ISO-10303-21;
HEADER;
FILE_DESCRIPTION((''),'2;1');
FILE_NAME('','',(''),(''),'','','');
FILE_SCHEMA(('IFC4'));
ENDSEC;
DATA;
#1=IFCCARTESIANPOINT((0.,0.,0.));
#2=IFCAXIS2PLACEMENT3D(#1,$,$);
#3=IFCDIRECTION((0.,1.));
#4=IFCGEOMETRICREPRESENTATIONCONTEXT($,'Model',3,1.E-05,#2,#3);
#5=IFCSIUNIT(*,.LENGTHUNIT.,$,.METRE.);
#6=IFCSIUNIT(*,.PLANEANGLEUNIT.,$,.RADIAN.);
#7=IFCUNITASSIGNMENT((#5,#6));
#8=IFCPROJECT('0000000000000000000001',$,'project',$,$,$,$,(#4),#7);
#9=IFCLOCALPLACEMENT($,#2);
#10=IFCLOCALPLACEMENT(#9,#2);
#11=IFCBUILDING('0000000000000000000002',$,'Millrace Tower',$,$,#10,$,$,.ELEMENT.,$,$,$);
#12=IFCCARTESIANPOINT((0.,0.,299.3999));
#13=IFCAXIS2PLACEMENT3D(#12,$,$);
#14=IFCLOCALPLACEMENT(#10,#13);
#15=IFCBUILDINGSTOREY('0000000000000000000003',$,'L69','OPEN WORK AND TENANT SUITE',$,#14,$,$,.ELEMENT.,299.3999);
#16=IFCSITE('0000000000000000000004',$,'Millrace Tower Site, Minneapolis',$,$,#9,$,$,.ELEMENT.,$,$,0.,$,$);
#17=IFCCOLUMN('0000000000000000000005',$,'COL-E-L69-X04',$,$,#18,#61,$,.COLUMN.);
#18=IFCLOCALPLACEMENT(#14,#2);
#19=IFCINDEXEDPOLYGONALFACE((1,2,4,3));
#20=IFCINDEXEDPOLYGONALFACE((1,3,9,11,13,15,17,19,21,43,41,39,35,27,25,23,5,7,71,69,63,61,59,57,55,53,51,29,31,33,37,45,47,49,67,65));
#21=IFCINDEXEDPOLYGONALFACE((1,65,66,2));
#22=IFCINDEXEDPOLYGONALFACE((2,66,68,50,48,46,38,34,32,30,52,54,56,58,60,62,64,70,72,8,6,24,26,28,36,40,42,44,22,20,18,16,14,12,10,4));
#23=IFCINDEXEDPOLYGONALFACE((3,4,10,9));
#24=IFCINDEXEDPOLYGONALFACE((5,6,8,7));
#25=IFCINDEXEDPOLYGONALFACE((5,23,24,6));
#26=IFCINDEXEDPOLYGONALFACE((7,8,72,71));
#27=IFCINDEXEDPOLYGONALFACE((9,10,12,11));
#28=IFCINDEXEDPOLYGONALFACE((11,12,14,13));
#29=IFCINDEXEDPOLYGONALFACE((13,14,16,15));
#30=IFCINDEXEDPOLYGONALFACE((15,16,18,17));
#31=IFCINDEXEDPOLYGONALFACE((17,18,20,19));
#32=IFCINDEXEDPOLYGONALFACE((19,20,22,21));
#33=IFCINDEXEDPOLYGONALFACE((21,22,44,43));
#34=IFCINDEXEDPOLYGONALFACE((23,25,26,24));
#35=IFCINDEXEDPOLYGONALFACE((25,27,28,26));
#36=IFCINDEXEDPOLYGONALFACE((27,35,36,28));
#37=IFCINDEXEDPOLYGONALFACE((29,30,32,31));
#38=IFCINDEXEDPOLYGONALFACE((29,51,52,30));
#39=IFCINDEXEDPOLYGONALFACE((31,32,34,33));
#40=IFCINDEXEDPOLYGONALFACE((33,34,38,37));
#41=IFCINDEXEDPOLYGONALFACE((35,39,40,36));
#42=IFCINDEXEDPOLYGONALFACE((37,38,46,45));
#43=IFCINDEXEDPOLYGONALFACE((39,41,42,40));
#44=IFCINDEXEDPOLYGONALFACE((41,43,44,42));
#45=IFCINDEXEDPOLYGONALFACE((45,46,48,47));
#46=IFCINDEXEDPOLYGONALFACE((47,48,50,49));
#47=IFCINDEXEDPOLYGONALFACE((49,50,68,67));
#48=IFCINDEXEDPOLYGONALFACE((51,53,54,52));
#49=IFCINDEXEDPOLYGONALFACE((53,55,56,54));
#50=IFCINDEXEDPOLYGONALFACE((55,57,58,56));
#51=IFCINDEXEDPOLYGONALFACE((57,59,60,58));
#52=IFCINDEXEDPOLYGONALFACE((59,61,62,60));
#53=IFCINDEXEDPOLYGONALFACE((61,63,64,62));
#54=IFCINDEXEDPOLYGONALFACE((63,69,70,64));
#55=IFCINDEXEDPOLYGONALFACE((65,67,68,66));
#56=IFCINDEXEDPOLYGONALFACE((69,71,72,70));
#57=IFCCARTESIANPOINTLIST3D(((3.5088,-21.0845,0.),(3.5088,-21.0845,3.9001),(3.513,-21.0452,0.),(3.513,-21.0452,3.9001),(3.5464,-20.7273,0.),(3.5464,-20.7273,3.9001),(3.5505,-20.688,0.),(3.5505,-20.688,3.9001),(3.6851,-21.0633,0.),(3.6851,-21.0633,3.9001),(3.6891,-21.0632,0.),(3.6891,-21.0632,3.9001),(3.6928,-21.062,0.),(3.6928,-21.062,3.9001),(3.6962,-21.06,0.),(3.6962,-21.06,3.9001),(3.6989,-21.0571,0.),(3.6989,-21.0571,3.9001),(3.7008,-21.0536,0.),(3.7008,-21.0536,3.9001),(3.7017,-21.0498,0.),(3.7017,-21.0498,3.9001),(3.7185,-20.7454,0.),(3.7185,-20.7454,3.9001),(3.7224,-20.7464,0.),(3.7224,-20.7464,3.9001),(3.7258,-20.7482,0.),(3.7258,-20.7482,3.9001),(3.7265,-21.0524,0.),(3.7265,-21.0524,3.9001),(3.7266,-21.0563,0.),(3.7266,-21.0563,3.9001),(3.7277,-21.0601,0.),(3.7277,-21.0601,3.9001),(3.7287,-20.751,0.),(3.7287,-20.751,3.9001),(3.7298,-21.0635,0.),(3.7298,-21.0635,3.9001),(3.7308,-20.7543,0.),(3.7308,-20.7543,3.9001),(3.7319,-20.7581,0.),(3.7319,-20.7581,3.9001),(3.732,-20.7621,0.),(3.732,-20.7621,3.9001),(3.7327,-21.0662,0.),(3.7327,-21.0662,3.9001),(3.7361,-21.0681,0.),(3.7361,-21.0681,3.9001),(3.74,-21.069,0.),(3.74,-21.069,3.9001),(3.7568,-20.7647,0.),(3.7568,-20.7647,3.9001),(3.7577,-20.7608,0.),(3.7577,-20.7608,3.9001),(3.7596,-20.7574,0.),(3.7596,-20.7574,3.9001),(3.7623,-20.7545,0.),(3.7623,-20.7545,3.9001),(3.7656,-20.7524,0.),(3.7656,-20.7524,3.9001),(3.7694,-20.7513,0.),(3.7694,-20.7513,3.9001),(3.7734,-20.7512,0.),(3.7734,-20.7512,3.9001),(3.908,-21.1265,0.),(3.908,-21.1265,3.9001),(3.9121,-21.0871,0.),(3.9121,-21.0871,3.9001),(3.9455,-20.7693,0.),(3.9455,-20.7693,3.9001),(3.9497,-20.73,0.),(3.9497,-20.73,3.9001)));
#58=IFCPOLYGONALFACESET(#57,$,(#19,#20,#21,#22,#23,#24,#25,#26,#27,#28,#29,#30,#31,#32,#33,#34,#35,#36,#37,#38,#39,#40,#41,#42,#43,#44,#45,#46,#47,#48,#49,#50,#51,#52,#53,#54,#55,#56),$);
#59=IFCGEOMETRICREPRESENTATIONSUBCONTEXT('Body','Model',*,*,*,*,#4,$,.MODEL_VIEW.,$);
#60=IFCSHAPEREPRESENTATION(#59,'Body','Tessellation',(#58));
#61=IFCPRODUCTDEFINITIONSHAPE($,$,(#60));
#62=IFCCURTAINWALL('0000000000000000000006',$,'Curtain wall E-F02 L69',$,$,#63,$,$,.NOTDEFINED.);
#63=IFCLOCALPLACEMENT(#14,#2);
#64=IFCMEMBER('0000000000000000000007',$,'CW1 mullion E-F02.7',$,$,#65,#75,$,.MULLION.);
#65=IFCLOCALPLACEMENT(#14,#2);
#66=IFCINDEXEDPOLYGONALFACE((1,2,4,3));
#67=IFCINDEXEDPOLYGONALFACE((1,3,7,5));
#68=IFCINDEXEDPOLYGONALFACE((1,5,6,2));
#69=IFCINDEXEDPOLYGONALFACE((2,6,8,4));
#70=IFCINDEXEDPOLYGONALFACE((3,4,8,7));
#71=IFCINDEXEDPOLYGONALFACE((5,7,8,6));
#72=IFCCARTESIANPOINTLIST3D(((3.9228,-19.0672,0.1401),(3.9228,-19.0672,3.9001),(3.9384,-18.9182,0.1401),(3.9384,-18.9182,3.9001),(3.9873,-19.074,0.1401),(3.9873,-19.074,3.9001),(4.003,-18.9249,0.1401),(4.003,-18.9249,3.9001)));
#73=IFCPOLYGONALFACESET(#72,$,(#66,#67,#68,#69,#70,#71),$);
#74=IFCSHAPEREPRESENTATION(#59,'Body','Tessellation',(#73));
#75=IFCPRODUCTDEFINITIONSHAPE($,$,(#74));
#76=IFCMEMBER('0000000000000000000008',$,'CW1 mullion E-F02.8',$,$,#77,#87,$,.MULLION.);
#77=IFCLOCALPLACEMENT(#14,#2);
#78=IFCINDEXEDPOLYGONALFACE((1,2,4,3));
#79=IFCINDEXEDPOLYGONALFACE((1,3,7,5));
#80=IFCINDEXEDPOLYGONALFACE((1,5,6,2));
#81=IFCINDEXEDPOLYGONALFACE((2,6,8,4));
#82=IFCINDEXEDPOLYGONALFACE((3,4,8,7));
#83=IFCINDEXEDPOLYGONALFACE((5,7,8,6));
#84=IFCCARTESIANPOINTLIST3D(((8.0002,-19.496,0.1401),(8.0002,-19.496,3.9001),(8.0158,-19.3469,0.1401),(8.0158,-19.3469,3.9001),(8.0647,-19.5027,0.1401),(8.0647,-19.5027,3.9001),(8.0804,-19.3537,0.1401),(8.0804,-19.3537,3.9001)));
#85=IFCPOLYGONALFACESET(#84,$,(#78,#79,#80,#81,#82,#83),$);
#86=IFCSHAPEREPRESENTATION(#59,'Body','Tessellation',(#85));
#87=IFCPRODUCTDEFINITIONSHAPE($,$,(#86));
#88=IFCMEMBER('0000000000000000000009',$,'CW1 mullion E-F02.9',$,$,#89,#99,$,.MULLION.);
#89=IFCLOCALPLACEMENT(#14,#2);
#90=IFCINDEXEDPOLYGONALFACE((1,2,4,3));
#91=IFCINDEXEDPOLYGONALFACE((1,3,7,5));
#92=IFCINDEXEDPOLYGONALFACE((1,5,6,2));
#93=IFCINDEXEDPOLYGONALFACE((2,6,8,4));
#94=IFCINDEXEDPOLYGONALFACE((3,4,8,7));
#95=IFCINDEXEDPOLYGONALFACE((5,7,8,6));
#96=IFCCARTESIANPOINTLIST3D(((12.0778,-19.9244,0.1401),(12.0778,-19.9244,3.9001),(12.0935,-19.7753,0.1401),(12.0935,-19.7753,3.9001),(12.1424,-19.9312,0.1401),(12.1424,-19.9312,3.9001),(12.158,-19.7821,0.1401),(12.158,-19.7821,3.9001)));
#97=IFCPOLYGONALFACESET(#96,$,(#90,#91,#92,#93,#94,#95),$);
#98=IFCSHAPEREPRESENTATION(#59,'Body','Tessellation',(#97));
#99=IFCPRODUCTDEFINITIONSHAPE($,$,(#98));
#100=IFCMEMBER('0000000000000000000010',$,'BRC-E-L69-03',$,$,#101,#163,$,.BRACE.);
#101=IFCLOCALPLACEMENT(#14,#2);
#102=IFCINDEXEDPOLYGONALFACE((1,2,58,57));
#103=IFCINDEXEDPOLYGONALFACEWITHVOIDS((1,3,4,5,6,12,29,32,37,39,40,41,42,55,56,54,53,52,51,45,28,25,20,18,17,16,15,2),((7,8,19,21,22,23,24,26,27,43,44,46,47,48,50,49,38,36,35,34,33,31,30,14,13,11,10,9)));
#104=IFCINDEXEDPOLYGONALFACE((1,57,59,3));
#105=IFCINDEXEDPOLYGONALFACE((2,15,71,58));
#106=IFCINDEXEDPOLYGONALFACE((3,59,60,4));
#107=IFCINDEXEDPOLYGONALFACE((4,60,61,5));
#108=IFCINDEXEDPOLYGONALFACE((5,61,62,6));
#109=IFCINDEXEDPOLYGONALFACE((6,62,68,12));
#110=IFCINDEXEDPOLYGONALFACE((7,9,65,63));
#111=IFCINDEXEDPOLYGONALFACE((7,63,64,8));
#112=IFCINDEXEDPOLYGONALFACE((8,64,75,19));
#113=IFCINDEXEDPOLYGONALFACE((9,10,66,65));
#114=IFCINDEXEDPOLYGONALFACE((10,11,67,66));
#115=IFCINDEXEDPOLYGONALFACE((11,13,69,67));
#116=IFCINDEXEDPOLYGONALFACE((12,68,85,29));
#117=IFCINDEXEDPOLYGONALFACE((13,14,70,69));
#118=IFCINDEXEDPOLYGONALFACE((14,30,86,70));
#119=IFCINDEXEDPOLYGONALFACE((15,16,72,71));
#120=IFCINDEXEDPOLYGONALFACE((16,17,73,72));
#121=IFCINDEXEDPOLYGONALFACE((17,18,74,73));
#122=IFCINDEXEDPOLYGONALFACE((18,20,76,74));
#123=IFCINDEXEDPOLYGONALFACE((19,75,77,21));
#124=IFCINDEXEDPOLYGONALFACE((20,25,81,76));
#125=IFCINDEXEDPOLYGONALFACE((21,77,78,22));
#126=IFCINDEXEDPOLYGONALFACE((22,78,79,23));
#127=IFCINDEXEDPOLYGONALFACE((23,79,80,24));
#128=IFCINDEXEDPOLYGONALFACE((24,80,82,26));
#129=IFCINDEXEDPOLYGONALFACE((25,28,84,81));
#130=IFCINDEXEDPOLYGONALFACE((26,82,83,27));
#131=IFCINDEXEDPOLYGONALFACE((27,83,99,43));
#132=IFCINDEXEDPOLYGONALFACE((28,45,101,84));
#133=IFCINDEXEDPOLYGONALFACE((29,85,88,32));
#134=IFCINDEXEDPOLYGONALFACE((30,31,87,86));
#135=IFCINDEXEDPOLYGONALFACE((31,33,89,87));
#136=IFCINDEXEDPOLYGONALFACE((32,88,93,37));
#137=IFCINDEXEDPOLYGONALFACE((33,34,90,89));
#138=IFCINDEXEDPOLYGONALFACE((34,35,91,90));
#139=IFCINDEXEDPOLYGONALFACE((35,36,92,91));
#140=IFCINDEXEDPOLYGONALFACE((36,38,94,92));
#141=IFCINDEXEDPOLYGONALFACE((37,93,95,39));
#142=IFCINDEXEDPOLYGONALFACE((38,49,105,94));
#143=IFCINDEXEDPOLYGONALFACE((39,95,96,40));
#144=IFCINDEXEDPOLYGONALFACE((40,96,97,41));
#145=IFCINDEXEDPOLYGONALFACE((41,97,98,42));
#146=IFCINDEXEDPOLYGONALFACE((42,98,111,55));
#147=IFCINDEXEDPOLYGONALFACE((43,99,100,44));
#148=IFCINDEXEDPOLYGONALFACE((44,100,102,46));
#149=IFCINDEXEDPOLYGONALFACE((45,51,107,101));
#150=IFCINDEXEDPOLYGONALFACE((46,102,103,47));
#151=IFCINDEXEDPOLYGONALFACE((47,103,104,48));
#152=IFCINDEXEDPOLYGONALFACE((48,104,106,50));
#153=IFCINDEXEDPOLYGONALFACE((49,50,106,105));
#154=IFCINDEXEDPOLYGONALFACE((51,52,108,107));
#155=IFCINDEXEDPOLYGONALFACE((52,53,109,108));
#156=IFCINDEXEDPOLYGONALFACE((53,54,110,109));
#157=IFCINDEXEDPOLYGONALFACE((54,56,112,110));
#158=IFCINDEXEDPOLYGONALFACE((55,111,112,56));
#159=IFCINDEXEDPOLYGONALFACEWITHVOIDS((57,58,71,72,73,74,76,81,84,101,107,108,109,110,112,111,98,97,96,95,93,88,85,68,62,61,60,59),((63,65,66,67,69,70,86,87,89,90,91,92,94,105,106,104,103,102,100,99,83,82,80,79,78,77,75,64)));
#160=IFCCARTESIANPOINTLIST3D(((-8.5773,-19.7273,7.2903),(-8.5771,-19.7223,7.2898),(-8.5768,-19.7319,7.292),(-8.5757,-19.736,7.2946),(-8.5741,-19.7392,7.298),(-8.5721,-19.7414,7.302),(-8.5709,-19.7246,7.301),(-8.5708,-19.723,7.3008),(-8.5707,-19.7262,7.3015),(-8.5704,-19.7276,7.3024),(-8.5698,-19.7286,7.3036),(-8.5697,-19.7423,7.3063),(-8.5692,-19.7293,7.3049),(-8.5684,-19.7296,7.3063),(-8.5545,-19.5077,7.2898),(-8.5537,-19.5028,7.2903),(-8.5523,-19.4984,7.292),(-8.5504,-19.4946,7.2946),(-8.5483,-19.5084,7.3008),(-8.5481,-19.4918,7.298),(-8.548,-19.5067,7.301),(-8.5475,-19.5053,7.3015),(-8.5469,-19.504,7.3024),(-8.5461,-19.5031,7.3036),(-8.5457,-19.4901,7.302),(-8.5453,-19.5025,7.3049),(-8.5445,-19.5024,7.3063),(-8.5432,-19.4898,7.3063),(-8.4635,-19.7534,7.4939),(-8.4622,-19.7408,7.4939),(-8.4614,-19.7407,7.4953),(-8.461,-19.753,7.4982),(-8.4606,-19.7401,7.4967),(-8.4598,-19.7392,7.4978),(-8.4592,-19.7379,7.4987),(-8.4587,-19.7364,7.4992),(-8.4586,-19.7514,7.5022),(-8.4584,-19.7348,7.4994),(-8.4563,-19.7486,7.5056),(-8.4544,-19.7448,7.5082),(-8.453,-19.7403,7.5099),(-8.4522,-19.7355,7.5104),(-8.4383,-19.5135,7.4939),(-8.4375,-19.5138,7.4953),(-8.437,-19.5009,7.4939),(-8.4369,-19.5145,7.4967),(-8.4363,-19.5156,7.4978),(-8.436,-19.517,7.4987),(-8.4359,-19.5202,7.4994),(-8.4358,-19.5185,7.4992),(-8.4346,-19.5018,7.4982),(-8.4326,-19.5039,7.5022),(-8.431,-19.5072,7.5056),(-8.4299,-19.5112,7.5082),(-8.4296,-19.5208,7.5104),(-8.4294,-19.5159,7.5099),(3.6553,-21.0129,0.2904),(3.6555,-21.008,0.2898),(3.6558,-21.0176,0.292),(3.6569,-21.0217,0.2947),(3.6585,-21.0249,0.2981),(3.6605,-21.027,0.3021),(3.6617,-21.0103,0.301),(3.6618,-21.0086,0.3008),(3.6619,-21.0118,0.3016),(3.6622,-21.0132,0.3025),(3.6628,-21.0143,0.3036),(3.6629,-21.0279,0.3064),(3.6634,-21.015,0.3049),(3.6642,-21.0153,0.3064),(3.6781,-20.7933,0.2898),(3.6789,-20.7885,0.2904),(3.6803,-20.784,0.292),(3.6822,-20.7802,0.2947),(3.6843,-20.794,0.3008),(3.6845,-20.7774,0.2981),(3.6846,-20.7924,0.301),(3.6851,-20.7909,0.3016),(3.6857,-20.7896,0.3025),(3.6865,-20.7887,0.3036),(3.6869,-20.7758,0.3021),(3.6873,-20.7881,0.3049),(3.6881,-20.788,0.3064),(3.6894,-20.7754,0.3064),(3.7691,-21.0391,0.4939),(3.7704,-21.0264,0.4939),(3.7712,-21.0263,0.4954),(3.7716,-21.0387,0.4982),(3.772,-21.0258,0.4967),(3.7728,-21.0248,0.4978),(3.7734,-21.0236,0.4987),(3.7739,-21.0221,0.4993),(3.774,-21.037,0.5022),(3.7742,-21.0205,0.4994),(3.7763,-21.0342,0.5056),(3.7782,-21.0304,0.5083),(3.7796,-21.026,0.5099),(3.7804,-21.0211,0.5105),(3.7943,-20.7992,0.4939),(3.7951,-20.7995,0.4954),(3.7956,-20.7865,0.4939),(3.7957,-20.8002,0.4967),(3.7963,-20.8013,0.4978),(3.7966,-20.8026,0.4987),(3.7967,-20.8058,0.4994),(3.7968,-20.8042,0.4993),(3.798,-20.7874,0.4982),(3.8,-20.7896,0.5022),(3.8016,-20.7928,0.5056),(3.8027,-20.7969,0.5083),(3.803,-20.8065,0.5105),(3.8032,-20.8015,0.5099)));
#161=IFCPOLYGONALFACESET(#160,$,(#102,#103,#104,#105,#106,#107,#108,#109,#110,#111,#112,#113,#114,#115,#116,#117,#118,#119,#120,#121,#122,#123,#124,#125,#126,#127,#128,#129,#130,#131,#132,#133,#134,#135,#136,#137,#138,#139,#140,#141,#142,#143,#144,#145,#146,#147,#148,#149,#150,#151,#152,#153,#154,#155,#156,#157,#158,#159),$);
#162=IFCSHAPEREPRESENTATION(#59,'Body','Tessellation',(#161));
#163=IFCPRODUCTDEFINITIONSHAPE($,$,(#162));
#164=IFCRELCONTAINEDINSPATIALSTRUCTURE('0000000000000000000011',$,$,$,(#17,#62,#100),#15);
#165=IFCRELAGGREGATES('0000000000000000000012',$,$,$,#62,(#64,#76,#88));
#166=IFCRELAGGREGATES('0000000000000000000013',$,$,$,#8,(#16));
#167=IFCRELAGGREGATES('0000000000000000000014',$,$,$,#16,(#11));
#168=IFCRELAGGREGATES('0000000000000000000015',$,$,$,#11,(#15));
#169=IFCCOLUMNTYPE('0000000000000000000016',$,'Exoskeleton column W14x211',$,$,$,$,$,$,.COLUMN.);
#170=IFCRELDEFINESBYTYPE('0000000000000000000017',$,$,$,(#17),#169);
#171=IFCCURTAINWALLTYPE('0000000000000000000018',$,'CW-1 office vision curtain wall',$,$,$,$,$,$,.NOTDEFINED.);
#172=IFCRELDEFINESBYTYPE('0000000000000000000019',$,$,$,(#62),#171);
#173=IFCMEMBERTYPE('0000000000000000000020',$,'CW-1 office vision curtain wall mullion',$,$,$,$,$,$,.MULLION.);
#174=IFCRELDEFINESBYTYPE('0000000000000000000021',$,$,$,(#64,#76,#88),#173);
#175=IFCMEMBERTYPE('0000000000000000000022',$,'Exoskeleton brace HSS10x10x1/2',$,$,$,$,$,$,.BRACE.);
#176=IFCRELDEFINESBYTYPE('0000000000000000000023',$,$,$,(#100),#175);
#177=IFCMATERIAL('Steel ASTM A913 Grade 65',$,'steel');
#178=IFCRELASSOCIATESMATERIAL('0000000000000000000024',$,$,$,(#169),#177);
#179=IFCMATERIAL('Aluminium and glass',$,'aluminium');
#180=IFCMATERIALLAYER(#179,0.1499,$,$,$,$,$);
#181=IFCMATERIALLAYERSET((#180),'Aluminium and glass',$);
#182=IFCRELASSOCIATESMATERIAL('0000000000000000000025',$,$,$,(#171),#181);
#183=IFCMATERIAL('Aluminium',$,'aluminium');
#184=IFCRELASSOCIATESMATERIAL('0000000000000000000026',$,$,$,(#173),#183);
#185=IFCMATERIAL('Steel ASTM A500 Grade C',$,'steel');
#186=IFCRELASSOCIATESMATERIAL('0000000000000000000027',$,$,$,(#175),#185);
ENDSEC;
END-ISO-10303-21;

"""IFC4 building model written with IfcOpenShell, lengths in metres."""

from ifc_helpers import new_model, si_unit, direction, frame, origin, origin_2d, place, context, subcontext, project, spatial, rectangle, hollow_rectangle, i_section, extrude, material, layer, layer_set, material_profile, profile_set, type_object, element, aggregate, save


model = new_model("IFC4")

# Units and contexts
model_context = context("Model", 3, precision=1e-05, world=origin(), true_north=direction((0.0, 1.0)))
body_context = subcontext(model_context, "Body", "Model", "MODEL_VIEW")
ifc_project = project(units=[si_unit("LENGTHUNIT", "METRE"), si_unit("PLANEANGLEUNIT", "RADIAN")], contexts=[model_context])

# Site, building, storey
site_placement = place(None, origin())
site = spatial("IfcSite", under=ifc_project, at=site_placement, Name="Millrace Tower Site, Minneapolis", CompositionType="ELEMENT", RefElevation=0.0)
building_placement = place(site_placement, origin())
building = spatial("IfcBuilding", under=site, at=building_placement, Name="Millrace Tower", CompositionType="ELEMENT")
storey_placement = place(building_placement, frame((0.0, 0.0, 299.3999)))
storey = spatial("IfcBuildingStorey", under=building, at=storey_placement, Name="L69", Description="OPEN WORK AND TENANT SUITE", CompositionType="ELEMENT", Elevation=299.3999)

# Column
ifc_material_1 = material(Name="Steel ASTM A913 Grade 65", Category="steel")
ifc_material_profile_1 = material_profile(ifc_material_1, i_section(OverallWidth=0.4014, OverallDepth=0.3987, WebThickness=0.0249, FlangeThickness=0.0396, FilletRadius=0.0151, at=origin_2d()))
ifc_profile_set_1 = profile_set([ifc_material_profile_1], Name="Steel ASTM A913 Grade 65")
column_type = type_object("IfcColumnType", Name="Exoskeleton column W14x211", PredefinedType="COLUMN", material=ifc_profile_set_1)
column_placement = place(storey_placement, frame((3.7292, -20.9072, 0.0), z_axis=(0.0, 0.0, 1.0), x_axis=(0.994522, -0.104528, 0.0)))
element("IfcColumn", 1, at=column_placement, inside=storey, type_object=column_type, Name="COL-E-L69-X04", PredefinedType="COLUMN", context=body_context, shape_type="SweptSolid", body=[
    extrude(i_section(OverallWidth=0.4014, OverallDepth=0.3987, WebThickness=0.0249, FlangeThickness=0.0396, FilletRadius=0.0151, at=origin_2d()), origin(), (0.0, 0.0, 1.0), 3.9001),
])

# Curtain wall, members
ifc_material_2 = material(Name="Aluminium and glass", Category="aluminium")
ifc_layer_1 = layer(ifc_material_2, 0.1499)
ifc_layer_set_1 = layer_set([ifc_layer_1], Name="Aluminium and glass")
curtain_wall_type = type_object("IfcCurtainWallType", Name="CW-1 office vision curtain wall", PredefinedType="NOTDEFINED", material=ifc_layer_set_1)
placement = place(storey_placement, origin())
curtain_wall = element("IfcCurtainWall", 2, at=placement, inside=storey, type_object=curtain_wall_type, Name="Curtain wall E-F02 L69", PredefinedType="NOTDEFINED")
ifc_material_3 = material(Name="Aluminium", Category="aluminium")
ifc_material_profile_2 = material_profile(ifc_material_3, rectangle(XDim=0.0649, YDim=0.1499, at=origin_2d()))
ifc_profile_set_2 = profile_set([ifc_material_profile_2], Name="Aluminium")
member_type_1 = type_object("IfcMemberType", Name="CW-1 office vision curtain wall mullion", PredefinedType="MULLION", material=ifc_profile_set_2)
member_1_placement = place(storey_placement, frame((3.9629, -18.9961, 0.1401), z_axis=(0.0, 0.0, 1.0), x_axis=(0.994522, -0.104528, 0.0)))
member_1 = element("IfcMember", 3, at=member_1_placement, type_object=member_type_1, Name="CW1 mullion E-F02.7", PredefinedType="MULLION", context=body_context, shape_type="SweptSolid", body=[
    extrude(rectangle(XDim=0.0649, YDim=0.1499, at=origin_2d()), origin(), (0.0, 0.0, 1.0), 3.76),
])
member_2_placement = place(storey_placement, frame((8.0403, -19.4248, 0.1401), z_axis=(0.0, 0.0, 1.0), x_axis=(0.994522, -0.104528, 0.0)))
member_2 = element("IfcMember", 4, at=member_2_placement, type_object=member_type_1, Name="CW1 mullion E-F02.8", PredefinedType="MULLION", context=body_context, shape_type="SweptSolid", body=[
    extrude(rectangle(XDim=0.0649, YDim=0.1499, at=origin_2d()), origin(), (0.0, 0.0, 1.0), 3.76),
])
member_3_placement = place(storey_placement, frame((12.1179, -19.8533, 0.1401), z_axis=(0.0, 0.0, 1.0), x_axis=(0.994522, -0.104528, 0.0)))
member_3 = element("IfcMember", 5, at=member_3_placement, type_object=member_type_1, Name="CW1 mullion E-F02.9", PredefinedType="MULLION", context=body_context, shape_type="SweptSolid", body=[
    extrude(rectangle(XDim=0.0649, YDim=0.1499, at=origin_2d()), origin(), (0.0, 0.0, 1.0), 3.76),
])
aggregate(curtain_wall, [member_1, member_2, member_3])

# Member
ifc_material_4 = material(Name="Steel ASTM A500 Grade C", Category="steel")
ifc_material_profile_3 = material_profile(ifc_material_4, hollow_rectangle(XDim=0.2539, YDim=0.2539, WallThickness=0.0127, InnerFilletRadius=0.0063, OuterFilletRadius=0.019, at=origin_2d()))
ifc_profile_set_3 = profile_set([ifc_material_profile_3], Name="Steel ASTM A500 Grade C")
member_type_2 = type_object("IfcMemberType", Name="Exoskeleton brace HSS10x10x1/2", PredefinedType="BRACE", material=ifc_profile_set_3)
member_4_placement = place(storey_placement, frame((3.7292, -20.9072, 0.4001), z_axis=(-0.864352, 0.090843, 0.494615), x_axis=(-0.104524, -0.994522, 0.0)))
element("IfcMember", 6, at=member_4_placement, inside=storey, type_object=member_type_2, Name="BRC-E-L69-03", PredefinedType="BRACE", context=body_context, shape_type="SweptSolid", body=[
    extrude(hollow_rectangle(XDim=0.2539, YDim=0.2539, WallThickness=0.0127, InnerFilletRadius=0.0063, OuterFilletRadius=0.019, at=origin_2d()), origin(), (0.0, 0.0, 1.0), 14.1523),
])

save(model, "model.ifc")
